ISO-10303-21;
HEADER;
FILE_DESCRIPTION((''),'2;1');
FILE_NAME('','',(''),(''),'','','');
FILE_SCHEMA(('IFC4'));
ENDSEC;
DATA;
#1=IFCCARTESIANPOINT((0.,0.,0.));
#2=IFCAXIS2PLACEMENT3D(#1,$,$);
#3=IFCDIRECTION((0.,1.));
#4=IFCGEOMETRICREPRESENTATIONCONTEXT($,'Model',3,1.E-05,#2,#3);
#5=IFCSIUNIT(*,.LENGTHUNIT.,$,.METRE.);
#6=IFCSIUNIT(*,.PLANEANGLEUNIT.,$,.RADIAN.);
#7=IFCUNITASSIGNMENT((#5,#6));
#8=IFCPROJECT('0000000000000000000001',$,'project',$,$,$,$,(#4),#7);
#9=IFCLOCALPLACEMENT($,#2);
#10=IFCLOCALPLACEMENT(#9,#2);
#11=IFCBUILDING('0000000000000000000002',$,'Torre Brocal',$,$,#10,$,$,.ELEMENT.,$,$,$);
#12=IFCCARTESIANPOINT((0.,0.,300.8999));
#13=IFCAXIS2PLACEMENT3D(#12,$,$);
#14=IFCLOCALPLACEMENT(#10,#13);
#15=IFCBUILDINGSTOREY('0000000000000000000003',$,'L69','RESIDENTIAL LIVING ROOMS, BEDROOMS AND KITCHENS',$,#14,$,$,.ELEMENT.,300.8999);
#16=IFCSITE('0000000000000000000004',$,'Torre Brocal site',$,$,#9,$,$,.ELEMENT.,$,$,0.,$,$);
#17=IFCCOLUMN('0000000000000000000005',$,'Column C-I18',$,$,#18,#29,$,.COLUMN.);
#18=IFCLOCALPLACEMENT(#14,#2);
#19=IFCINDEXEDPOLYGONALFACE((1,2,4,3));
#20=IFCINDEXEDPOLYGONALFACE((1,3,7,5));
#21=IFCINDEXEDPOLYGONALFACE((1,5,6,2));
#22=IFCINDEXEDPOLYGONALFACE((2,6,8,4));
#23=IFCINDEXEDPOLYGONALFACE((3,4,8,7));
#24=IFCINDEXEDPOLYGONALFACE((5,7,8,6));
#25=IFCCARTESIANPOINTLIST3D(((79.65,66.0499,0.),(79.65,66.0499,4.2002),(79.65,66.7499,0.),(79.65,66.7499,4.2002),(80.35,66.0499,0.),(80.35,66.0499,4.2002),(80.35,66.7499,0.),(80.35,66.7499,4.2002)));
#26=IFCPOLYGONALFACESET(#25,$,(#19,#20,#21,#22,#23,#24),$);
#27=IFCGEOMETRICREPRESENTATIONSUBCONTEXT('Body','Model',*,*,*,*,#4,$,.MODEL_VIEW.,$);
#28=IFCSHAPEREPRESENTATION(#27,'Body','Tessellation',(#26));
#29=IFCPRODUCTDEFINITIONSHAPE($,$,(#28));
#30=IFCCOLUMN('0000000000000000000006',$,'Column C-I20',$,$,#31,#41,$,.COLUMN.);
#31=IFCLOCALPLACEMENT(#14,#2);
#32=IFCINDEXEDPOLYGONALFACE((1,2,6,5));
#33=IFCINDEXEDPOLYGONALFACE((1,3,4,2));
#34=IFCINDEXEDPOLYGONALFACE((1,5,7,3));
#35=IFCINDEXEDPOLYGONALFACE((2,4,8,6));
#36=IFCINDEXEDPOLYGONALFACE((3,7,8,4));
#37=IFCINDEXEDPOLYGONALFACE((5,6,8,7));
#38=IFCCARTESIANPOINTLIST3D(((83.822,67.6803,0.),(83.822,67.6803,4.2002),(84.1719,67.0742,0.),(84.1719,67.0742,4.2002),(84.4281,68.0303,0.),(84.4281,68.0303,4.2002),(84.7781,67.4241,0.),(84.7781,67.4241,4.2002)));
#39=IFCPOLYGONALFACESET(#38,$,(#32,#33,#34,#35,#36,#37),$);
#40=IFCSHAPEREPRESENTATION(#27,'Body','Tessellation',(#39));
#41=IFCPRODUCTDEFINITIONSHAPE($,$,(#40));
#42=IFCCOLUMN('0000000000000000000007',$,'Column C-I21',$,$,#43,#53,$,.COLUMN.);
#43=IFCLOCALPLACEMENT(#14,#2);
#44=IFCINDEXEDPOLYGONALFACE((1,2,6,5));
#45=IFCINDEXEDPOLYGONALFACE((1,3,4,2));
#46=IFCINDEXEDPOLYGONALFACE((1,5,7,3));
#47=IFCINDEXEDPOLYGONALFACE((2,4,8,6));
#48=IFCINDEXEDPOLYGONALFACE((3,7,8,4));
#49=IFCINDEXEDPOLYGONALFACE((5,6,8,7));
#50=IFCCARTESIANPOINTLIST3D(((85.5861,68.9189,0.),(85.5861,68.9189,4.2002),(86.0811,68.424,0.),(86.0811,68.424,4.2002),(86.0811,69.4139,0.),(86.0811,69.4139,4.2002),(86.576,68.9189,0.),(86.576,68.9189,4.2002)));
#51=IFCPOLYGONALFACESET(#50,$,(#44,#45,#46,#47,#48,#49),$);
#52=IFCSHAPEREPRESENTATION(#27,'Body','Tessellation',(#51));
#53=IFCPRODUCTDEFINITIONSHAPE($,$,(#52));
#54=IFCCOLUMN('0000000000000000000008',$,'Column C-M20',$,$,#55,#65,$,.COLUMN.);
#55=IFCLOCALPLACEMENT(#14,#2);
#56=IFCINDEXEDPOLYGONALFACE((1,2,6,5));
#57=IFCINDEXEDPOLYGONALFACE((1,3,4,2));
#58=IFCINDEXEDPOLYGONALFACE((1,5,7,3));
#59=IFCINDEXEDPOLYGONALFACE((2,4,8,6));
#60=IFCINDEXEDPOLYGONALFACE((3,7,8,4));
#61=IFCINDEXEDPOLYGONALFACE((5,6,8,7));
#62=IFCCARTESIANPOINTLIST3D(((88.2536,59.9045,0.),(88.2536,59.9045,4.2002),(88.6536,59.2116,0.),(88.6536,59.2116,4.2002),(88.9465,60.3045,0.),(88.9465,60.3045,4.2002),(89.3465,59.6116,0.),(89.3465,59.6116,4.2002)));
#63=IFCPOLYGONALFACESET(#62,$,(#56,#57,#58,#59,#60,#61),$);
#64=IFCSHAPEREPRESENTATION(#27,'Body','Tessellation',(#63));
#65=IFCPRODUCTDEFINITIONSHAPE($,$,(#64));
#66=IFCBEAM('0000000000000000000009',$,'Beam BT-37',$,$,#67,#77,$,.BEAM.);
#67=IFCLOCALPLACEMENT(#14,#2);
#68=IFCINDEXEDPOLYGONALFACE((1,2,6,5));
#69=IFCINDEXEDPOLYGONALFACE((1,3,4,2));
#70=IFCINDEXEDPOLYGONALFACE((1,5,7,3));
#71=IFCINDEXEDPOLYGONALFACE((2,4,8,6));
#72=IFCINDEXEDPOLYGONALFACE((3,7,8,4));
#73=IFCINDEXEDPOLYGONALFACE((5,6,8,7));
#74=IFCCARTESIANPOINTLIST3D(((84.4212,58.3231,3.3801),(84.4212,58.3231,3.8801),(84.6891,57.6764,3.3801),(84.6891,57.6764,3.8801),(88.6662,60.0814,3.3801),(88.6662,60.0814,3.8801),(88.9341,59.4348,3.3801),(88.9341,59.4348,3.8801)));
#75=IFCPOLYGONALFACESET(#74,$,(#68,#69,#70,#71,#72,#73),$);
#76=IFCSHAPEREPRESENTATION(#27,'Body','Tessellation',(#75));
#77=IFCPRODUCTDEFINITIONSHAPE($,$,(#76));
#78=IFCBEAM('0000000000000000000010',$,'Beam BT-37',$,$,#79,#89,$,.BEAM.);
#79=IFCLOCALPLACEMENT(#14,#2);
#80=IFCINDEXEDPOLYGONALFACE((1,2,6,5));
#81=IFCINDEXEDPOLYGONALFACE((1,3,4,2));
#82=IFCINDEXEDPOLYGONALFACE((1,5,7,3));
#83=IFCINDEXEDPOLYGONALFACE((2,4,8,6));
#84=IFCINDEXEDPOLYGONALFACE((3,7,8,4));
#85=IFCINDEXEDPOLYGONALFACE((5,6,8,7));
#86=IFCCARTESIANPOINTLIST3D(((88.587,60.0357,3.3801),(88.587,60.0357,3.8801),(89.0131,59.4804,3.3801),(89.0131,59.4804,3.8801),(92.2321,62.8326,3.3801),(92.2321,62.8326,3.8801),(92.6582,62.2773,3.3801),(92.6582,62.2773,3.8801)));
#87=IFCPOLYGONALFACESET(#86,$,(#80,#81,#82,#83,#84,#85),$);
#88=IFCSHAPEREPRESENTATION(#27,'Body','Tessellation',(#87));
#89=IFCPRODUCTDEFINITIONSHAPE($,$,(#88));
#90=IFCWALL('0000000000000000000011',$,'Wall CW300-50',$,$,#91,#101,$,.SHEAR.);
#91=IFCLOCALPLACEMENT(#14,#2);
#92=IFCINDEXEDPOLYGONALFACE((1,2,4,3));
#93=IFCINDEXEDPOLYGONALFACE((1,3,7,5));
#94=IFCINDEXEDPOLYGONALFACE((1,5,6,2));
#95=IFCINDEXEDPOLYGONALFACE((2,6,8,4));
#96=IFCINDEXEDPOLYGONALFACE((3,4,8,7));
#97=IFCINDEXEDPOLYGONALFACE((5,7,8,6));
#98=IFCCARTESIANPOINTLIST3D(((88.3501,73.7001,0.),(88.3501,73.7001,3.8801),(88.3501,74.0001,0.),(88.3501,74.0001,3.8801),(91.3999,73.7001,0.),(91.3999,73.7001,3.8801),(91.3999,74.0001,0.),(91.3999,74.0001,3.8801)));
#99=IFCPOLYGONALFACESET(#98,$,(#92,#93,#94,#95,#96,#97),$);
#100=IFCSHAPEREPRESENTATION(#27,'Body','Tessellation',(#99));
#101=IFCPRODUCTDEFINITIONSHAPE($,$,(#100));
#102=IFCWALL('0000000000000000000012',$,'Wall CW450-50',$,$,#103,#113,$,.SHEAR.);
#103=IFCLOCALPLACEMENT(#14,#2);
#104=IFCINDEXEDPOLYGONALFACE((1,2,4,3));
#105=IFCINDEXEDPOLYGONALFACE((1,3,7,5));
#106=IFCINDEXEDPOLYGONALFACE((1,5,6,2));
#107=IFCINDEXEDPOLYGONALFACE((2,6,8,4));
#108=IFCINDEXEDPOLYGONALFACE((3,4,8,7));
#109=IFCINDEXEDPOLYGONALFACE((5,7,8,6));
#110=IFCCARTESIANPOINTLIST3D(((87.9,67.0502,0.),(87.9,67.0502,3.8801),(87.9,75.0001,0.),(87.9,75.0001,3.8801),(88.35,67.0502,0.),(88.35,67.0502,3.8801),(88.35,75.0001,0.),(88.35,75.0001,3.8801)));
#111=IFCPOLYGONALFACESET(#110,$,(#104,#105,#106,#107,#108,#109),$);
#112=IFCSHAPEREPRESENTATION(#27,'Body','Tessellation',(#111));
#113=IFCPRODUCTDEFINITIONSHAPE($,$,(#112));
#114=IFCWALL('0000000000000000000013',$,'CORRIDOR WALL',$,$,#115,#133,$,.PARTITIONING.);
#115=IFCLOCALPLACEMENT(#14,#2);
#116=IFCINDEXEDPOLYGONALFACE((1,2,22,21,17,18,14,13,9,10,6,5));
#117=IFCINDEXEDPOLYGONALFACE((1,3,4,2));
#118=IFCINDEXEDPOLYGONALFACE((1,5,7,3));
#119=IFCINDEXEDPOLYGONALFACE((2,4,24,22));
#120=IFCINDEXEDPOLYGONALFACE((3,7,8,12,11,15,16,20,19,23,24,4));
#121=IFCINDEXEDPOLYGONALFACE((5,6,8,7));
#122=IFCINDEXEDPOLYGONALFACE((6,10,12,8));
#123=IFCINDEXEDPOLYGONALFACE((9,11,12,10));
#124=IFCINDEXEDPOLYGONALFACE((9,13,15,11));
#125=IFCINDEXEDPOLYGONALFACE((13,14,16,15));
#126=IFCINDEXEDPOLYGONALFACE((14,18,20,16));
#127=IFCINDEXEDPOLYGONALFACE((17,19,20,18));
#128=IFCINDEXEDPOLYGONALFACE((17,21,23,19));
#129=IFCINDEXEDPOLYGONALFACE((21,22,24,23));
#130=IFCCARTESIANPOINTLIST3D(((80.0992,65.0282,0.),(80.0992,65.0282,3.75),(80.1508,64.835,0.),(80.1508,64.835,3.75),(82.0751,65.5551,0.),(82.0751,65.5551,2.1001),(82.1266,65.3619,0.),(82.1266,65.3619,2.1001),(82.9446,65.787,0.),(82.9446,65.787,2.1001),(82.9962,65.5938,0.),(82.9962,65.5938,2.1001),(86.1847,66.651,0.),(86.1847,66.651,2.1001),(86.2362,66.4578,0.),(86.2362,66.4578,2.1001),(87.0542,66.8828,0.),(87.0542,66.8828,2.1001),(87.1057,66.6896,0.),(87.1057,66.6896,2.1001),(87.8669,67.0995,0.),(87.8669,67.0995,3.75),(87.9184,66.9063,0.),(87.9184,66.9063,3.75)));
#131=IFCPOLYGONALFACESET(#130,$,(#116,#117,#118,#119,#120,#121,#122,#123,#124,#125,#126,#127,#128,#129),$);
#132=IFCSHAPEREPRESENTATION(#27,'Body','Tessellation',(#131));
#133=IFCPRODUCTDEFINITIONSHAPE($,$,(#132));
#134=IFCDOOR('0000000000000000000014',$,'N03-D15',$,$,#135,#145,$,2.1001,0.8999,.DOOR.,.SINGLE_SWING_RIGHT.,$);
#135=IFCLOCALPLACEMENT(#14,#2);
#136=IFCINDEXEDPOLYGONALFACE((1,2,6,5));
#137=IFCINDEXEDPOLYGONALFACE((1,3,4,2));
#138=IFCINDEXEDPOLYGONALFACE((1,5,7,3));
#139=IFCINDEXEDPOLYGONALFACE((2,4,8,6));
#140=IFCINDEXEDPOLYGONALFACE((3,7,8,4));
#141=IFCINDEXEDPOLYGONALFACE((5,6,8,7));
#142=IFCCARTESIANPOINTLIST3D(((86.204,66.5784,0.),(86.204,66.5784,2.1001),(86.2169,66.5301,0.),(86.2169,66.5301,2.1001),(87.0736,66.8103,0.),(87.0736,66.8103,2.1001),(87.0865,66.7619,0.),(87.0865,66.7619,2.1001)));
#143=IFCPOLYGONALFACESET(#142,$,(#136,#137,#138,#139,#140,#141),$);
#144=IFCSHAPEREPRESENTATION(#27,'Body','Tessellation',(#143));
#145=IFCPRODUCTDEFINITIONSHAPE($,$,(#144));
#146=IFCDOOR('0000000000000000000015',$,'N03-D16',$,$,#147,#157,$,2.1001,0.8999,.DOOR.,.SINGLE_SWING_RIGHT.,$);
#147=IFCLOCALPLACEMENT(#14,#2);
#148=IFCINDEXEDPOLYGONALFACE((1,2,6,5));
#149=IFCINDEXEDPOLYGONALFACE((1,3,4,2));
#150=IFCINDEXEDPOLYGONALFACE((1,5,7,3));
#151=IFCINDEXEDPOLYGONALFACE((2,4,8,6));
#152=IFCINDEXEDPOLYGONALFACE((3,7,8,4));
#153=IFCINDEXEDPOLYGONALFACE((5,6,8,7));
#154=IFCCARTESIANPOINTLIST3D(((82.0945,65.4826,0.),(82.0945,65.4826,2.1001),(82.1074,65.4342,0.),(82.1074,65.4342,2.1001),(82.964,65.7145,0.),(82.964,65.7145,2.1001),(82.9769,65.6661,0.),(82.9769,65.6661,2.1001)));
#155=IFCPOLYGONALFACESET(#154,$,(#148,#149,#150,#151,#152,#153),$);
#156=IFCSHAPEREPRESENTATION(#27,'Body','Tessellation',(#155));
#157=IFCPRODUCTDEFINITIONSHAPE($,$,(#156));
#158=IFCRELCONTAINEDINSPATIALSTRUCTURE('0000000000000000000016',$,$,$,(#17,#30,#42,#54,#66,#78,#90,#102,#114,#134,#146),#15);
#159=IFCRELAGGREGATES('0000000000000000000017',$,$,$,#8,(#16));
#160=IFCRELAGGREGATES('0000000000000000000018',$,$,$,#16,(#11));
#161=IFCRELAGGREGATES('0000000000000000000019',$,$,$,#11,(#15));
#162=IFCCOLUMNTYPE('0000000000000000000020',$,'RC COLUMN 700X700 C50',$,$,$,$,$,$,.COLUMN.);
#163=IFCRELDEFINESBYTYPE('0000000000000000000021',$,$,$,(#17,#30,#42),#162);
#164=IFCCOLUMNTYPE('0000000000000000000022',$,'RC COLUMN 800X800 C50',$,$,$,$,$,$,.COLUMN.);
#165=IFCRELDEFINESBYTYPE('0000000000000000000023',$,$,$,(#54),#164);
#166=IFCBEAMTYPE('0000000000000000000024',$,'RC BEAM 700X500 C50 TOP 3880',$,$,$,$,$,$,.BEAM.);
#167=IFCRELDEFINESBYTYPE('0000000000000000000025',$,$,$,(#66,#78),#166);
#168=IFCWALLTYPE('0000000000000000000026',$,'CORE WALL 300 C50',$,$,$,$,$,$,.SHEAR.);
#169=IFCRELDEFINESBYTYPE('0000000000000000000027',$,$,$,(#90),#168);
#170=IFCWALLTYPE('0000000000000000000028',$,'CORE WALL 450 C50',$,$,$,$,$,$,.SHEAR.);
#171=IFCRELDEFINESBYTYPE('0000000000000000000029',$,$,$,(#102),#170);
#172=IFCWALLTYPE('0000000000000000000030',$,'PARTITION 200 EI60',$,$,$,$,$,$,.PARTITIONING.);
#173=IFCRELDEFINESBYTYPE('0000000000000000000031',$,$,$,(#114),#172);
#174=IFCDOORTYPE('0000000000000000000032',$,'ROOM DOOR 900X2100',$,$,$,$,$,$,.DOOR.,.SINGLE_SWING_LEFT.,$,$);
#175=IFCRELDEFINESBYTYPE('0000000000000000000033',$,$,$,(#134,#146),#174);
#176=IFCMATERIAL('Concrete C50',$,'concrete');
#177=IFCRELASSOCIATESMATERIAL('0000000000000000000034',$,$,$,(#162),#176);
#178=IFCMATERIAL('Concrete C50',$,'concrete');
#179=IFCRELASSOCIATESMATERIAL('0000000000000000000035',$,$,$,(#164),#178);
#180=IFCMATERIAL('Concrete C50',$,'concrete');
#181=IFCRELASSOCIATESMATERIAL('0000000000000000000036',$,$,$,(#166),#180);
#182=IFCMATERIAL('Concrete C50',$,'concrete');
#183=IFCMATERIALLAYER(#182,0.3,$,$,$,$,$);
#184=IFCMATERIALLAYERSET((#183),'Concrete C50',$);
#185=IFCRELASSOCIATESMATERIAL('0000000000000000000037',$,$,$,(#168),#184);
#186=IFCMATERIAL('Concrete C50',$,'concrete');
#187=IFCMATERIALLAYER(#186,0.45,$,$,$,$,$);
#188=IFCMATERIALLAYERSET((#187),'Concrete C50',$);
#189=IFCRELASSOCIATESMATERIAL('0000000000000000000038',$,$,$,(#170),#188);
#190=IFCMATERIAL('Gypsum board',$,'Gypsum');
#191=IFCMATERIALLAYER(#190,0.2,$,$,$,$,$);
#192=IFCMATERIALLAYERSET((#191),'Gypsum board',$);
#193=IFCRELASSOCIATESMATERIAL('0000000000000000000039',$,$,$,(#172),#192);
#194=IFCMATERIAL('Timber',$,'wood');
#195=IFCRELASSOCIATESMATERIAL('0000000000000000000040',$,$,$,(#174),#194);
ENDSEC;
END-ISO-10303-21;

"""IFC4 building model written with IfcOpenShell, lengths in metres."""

from ifc_helpers import new_model, si_unit, direction, frame, frame_2d, origin, origin_2d, place, context, subcontext, project, spatial, rectangle, extrude, material, layer, layer_set, material_profile, profile_set, type_object, element, fill, save


model = new_model("IFC4")

# Units and contexts
model_context = context("Model", 3, precision=1e-05, world=origin(), true_north=direction((0.0, 1.0)))
body_context = subcontext(model_context, "Body", "Model", "MODEL_VIEW")
ifc_project = project(units=[si_unit("LENGTHUNIT", "METRE"), si_unit("PLANEANGLEUNIT", "RADIAN")], contexts=[model_context])

# Site, building, storey
site_placement = place(None, origin())
site = spatial("IfcSite", under=ifc_project, at=site_placement, Name="Torre Brocal site", CompositionType="ELEMENT", RefElevation=0.0)
building_placement = place(site_placement, origin())
building = spatial("IfcBuilding", under=site, at=building_placement, Name="Torre Brocal", CompositionType="ELEMENT")
storey_placement = place(building_placement, frame((0.0, 0.0, 300.8999)))
storey = spatial("IfcBuildingStorey", under=building, at=storey_placement, Name="L69", Description="RESIDENTIAL LIVING ROOMS, BEDROOMS AND KITCHENS", CompositionType="ELEMENT", Elevation=300.8999)

# Columns
ifc_material_1 = material(Name="Concrete C50", Category="concrete")
ifc_material_profile_1 = material_profile(ifc_material_1, rectangle(XDim=0.7, YDim=0.7, at=origin_2d()), Name="RC 700X700")
ifc_profile_set_1 = profile_set([ifc_material_profile_1], Name="Concrete C50")
column_type_1 = type_object("IfcColumnType", Name="RC COLUMN 700X700 C50", PredefinedType="COLUMN", material=ifc_profile_set_1)
for number, where, z_axis, x_axis, name in (
    (1, (80.0, 66.3999, 0.0), (0.0, 0.0, 1.0), (0.0, -1.0, 0.0), "Column C-I18"),
    (2, (84.3, 67.5522, 0.0), (0.0, 0.0, 1.0), (0.5, -0.866025, 0.0), "Column C-I20"),
    (3, (86.0811, 68.9189, 0.0), (0.0, 0.0, 1.0), (0.707107, -0.707107, 0.0), "Column C-I21"),
):
    element("IfcColumn", number, at=place(storey_placement, frame(where, z_axis=z_axis, x_axis=x_axis)), inside=storey, type_object=column_type_1, Name=name, PredefinedType="COLUMN", context=body_context, shape_type="SweptSolid", body=[
        extrude(rectangle(XDim=0.7, YDim=0.7, at=origin_2d()), origin(), (0.0, 0.0, 1.0), 4.2002),
    ])
ifc_material_2 = material(Name="Concrete C50", Category="concrete")
ifc_material_profile_2 = material_profile(ifc_material_2, rectangle(XDim=0.8, YDim=0.8, at=origin_2d()), Name="RC 800X800")
ifc_profile_set_2 = profile_set([ifc_material_profile_2], Name="Concrete C50")
column_type_2 = type_object("IfcColumnType", Name="RC COLUMN 800X800 C50", PredefinedType="COLUMN", material=ifc_profile_set_2)
column_placement = place(storey_placement, frame((88.8, 59.7581, 0.0), z_axis=(0.0, 0.0, 1.0), x_axis=(0.5, -0.866025, 0.0)))
element("IfcColumn", 4, at=column_placement, inside=storey, type_object=column_type_2, Name="Column C-M20", PredefinedType="COLUMN", context=body_context, shape_type="SweptSolid", body=[
    extrude(rectangle(XDim=0.8, YDim=0.8, at=origin_2d()), origin(), (0.0, 0.0, 1.0), 4.2002),
])

# Beams
ifc_material_3 = material(Name="Concrete C50", Category="concrete")
ifc_material_profile_3 = material_profile(ifc_material_3, rectangle(XDim=0.7, YDim=0.5, at=origin_2d()), Name="RC 700X500")
ifc_profile_set_3 = profile_set([ifc_material_profile_3], Name="Concrete C50")
beam_type = type_object("IfcBeamType", Name="RC BEAM 700X500 C50 TOP 3880", PredefinedType="BEAM", material=ifc_profile_set_3)
beam_1_placement = place(storey_placement, frame((84.5552, 57.9998, 3.6301), z_axis=(0.923878, 0.382687, 0.0), x_axis=(-0.382687, 0.923878, 0.0)))
element("IfcBeam", 5, at=beam_1_placement, inside=storey, type_object=beam_type, Name="Beam BT-37", PredefinedType="BEAM", context=body_context, shape_type="SweptSolid", body=[
    extrude(rectangle(XDim=0.7, YDim=0.5, at=origin_2d()), origin(), (0.0, 0.0, 1.0), 4.5947),
])
beam_2_placement = place(storey_placement, frame((88.8, 59.7581, 3.6301), z_axis=(0.793358, 0.608755, 0.0), x_axis=(-0.608755, 0.793358, 0.0)))
element("IfcBeam", 6, at=beam_2_placement, inside=storey, type_object=beam_type, Name="Beam BT-37", PredefinedType="BEAM", context=body_context, shape_type="SweptSolid", body=[
    extrude(rectangle(XDim=0.7, YDim=0.5, at=origin_2d()), origin(), (0.0, 0.0, 1.0), 4.5945),
])

# Wall
ifc_material_4 = material(Name="Concrete C50", Category="concrete")
ifc_layer_1 = layer(ifc_material_4, 0.3)
ifc_layer_set_1 = layer_set([ifc_layer_1], Name="Concrete C50")
wall_type_1 = type_object("IfcWallType", Name="CORE WALL 300 C50", PredefinedType="SHEAR", material=ifc_layer_set_1)
wall_1_placement = place(storey_placement, frame((88.3501, 73.8501, 0.0), z_axis=(0.0, 0.0, 1.0), x_axis=(1.0, 0.0, 0.0)))
element("IfcWall", 7, at=wall_1_placement, inside=storey, type_object=wall_type_1, Name="Wall CW300-50", PredefinedType="SHEAR", context=body_context, shape_type="SweptSolid", body=[
    extrude(rectangle(XDim=3.0498, YDim=0.3, at=frame_2d((1.5249, 0.0))), origin(), (0.0, 0.0, 1.0), 3.8801),
])

# Shared definitions
ifc_material_5 = material(Name="Concrete C50", Category="concrete")
ifc_layer_2 = layer(ifc_material_5, 0.45)
ifc_layer_set_2 = layer_set([ifc_layer_2], Name="Concrete C50")
wall_type_2 = type_object("IfcWallType", Name="CORE WALL 450 C50", PredefinedType="SHEAR", material=ifc_layer_set_2)

# Wall
wall_2_placement = place(storey_placement, frame((88.125, 67.05, 0.0), z_axis=(0.0, 0.0, 1.0), x_axis=(0.0, 1.0, 0.0)))
element("IfcWall", 8, at=wall_2_placement, inside=storey, type_object=wall_type_2, Name="Wall CW450-50", PredefinedType="SHEAR", context=body_context, shape_type="SweptSolid", body=[
    extrude(rectangle(XDim=7.95, YDim=0.45, at=frame_2d((3.9751, 0.0))), origin(), (0.0, 0.0, 1.0), 3.8801),
])

# Wall, openings, doors
ifc_material_6 = material(Name="Gypsum board", Category="Gypsum")
ifc_layer_3 = layer(ifc_material_6, 0.2)
ifc_layer_set_3 = layer_set([ifc_layer_3], Name="Gypsum board")
wall_type_3 = type_object("IfcWallType", Name="PARTITION 200 EI60", PredefinedType="PARTITIONING", material=ifc_layer_set_3)
wall_3_placement = place(storey_placement, frame((80.125, 64.9316, 0.0), z_axis=(0.0, 0.0, 1.0), x_axis=(0.966237, 0.257655, 0.0)))
wall_3 = element("IfcWall", 9, at=wall_3_placement, inside=storey, type_object=wall_type_3, Name="CORRIDOR WALL", PredefinedType="PARTITIONING", context=body_context, shape_type="SweptSolid", body=[
    extrude(rectangle(XDim=8.0391, YDim=0.2, at=frame_2d((4.0195, 0.0))), origin(), (0.0, 0.0, 1.0), 3.75),
])
opening_1_placement = place(wall_3_placement, frame((6.2981, 0.0, 0.0)))
opening_1 = element("IfcOpeningElement", 10, at=opening_1_placement, cuts=wall_3, PredefinedType="OPENING", context=body_context, shape_type="SweptSolid", body=[
    extrude(rectangle(XDim=0.8999, YDim=2.1001, at=frame_2d((0.45, 1.05))), frame((0.0, 0.1099, 0.0), z_axis=(0.0, -1.0, 0.0), x_axis=(1.0, 0.0, 0.0)), (0.0, 0.0, 1.0), 0.22),
])
opening_2_placement = place(wall_3_placement, frame((2.0449, 0.0, 0.0)))
opening_2 = element("IfcOpeningElement", 11, at=opening_2_placement, cuts=wall_3, PredefinedType="OPENING", context=body_context, shape_type="SweptSolid", body=[
    extrude(rectangle(XDim=0.8999, YDim=2.1001, at=frame_2d((0.45, 1.05))), frame((0.0, 0.1099, 0.0), z_axis=(0.0, -1.0, 0.0), x_axis=(1.0, 0.0, 0.0)), (0.0, 0.0, 1.0), 0.22),
])
ifc_material_7 = material(Name="Timber", Category="wood")
door_type_1 = type_object("IfcDoorType", Name="ROOM DOOR 900X2100", OperationType="SINGLE_SWING_LEFT", PredefinedType="DOOR", material=ifc_material_7)
door_1_placement = place(opening_1_placement, origin())
door_1 = element("IfcDoor", 12, at=door_1_placement, inside=storey, type_object=door_type_1, Name="N03-D15", OperationType="SINGLE_SWING_RIGHT", OverallHeight=2.1001, OverallWidth=0.8999, PredefinedType="DOOR", context=body_context, shape_type="SweptSolid", body=[
    extrude(rectangle(XDim=0.8999, YDim=2.1001, at=frame_2d((0.45, 1.05))), frame((0.0, 0.0249, 0.0), z_axis=(0.0, -1.0, 0.0), x_axis=(1.0, 0.0, 0.0)), (0.0, 0.0, 1.0), 0.05),
])
fill(opening_1, door_1)
door_2_placement = place(opening_2_placement, origin())
door_2 = element("IfcDoor", 13, at=door_2_placement, inside=storey, type_object=door_type_1, Name="N03-D16", OperationType="SINGLE_SWING_RIGHT", OverallHeight=2.1001, OverallWidth=0.8999, PredefinedType="DOOR", context=body_context, shape_type="SweptSolid", body=[
    extrude(rectangle(XDim=0.8999, YDim=2.1001, at=frame_2d((0.45, 1.05))), frame((0.0, 0.0249, 0.0), z_axis=(0.0, -1.0, 0.0), x_axis=(1.0, 0.0, 0.0)), (0.0, 0.0, 1.0), 0.05),
])
fill(opening_2, door_2)

save(model, "model.ifc")
